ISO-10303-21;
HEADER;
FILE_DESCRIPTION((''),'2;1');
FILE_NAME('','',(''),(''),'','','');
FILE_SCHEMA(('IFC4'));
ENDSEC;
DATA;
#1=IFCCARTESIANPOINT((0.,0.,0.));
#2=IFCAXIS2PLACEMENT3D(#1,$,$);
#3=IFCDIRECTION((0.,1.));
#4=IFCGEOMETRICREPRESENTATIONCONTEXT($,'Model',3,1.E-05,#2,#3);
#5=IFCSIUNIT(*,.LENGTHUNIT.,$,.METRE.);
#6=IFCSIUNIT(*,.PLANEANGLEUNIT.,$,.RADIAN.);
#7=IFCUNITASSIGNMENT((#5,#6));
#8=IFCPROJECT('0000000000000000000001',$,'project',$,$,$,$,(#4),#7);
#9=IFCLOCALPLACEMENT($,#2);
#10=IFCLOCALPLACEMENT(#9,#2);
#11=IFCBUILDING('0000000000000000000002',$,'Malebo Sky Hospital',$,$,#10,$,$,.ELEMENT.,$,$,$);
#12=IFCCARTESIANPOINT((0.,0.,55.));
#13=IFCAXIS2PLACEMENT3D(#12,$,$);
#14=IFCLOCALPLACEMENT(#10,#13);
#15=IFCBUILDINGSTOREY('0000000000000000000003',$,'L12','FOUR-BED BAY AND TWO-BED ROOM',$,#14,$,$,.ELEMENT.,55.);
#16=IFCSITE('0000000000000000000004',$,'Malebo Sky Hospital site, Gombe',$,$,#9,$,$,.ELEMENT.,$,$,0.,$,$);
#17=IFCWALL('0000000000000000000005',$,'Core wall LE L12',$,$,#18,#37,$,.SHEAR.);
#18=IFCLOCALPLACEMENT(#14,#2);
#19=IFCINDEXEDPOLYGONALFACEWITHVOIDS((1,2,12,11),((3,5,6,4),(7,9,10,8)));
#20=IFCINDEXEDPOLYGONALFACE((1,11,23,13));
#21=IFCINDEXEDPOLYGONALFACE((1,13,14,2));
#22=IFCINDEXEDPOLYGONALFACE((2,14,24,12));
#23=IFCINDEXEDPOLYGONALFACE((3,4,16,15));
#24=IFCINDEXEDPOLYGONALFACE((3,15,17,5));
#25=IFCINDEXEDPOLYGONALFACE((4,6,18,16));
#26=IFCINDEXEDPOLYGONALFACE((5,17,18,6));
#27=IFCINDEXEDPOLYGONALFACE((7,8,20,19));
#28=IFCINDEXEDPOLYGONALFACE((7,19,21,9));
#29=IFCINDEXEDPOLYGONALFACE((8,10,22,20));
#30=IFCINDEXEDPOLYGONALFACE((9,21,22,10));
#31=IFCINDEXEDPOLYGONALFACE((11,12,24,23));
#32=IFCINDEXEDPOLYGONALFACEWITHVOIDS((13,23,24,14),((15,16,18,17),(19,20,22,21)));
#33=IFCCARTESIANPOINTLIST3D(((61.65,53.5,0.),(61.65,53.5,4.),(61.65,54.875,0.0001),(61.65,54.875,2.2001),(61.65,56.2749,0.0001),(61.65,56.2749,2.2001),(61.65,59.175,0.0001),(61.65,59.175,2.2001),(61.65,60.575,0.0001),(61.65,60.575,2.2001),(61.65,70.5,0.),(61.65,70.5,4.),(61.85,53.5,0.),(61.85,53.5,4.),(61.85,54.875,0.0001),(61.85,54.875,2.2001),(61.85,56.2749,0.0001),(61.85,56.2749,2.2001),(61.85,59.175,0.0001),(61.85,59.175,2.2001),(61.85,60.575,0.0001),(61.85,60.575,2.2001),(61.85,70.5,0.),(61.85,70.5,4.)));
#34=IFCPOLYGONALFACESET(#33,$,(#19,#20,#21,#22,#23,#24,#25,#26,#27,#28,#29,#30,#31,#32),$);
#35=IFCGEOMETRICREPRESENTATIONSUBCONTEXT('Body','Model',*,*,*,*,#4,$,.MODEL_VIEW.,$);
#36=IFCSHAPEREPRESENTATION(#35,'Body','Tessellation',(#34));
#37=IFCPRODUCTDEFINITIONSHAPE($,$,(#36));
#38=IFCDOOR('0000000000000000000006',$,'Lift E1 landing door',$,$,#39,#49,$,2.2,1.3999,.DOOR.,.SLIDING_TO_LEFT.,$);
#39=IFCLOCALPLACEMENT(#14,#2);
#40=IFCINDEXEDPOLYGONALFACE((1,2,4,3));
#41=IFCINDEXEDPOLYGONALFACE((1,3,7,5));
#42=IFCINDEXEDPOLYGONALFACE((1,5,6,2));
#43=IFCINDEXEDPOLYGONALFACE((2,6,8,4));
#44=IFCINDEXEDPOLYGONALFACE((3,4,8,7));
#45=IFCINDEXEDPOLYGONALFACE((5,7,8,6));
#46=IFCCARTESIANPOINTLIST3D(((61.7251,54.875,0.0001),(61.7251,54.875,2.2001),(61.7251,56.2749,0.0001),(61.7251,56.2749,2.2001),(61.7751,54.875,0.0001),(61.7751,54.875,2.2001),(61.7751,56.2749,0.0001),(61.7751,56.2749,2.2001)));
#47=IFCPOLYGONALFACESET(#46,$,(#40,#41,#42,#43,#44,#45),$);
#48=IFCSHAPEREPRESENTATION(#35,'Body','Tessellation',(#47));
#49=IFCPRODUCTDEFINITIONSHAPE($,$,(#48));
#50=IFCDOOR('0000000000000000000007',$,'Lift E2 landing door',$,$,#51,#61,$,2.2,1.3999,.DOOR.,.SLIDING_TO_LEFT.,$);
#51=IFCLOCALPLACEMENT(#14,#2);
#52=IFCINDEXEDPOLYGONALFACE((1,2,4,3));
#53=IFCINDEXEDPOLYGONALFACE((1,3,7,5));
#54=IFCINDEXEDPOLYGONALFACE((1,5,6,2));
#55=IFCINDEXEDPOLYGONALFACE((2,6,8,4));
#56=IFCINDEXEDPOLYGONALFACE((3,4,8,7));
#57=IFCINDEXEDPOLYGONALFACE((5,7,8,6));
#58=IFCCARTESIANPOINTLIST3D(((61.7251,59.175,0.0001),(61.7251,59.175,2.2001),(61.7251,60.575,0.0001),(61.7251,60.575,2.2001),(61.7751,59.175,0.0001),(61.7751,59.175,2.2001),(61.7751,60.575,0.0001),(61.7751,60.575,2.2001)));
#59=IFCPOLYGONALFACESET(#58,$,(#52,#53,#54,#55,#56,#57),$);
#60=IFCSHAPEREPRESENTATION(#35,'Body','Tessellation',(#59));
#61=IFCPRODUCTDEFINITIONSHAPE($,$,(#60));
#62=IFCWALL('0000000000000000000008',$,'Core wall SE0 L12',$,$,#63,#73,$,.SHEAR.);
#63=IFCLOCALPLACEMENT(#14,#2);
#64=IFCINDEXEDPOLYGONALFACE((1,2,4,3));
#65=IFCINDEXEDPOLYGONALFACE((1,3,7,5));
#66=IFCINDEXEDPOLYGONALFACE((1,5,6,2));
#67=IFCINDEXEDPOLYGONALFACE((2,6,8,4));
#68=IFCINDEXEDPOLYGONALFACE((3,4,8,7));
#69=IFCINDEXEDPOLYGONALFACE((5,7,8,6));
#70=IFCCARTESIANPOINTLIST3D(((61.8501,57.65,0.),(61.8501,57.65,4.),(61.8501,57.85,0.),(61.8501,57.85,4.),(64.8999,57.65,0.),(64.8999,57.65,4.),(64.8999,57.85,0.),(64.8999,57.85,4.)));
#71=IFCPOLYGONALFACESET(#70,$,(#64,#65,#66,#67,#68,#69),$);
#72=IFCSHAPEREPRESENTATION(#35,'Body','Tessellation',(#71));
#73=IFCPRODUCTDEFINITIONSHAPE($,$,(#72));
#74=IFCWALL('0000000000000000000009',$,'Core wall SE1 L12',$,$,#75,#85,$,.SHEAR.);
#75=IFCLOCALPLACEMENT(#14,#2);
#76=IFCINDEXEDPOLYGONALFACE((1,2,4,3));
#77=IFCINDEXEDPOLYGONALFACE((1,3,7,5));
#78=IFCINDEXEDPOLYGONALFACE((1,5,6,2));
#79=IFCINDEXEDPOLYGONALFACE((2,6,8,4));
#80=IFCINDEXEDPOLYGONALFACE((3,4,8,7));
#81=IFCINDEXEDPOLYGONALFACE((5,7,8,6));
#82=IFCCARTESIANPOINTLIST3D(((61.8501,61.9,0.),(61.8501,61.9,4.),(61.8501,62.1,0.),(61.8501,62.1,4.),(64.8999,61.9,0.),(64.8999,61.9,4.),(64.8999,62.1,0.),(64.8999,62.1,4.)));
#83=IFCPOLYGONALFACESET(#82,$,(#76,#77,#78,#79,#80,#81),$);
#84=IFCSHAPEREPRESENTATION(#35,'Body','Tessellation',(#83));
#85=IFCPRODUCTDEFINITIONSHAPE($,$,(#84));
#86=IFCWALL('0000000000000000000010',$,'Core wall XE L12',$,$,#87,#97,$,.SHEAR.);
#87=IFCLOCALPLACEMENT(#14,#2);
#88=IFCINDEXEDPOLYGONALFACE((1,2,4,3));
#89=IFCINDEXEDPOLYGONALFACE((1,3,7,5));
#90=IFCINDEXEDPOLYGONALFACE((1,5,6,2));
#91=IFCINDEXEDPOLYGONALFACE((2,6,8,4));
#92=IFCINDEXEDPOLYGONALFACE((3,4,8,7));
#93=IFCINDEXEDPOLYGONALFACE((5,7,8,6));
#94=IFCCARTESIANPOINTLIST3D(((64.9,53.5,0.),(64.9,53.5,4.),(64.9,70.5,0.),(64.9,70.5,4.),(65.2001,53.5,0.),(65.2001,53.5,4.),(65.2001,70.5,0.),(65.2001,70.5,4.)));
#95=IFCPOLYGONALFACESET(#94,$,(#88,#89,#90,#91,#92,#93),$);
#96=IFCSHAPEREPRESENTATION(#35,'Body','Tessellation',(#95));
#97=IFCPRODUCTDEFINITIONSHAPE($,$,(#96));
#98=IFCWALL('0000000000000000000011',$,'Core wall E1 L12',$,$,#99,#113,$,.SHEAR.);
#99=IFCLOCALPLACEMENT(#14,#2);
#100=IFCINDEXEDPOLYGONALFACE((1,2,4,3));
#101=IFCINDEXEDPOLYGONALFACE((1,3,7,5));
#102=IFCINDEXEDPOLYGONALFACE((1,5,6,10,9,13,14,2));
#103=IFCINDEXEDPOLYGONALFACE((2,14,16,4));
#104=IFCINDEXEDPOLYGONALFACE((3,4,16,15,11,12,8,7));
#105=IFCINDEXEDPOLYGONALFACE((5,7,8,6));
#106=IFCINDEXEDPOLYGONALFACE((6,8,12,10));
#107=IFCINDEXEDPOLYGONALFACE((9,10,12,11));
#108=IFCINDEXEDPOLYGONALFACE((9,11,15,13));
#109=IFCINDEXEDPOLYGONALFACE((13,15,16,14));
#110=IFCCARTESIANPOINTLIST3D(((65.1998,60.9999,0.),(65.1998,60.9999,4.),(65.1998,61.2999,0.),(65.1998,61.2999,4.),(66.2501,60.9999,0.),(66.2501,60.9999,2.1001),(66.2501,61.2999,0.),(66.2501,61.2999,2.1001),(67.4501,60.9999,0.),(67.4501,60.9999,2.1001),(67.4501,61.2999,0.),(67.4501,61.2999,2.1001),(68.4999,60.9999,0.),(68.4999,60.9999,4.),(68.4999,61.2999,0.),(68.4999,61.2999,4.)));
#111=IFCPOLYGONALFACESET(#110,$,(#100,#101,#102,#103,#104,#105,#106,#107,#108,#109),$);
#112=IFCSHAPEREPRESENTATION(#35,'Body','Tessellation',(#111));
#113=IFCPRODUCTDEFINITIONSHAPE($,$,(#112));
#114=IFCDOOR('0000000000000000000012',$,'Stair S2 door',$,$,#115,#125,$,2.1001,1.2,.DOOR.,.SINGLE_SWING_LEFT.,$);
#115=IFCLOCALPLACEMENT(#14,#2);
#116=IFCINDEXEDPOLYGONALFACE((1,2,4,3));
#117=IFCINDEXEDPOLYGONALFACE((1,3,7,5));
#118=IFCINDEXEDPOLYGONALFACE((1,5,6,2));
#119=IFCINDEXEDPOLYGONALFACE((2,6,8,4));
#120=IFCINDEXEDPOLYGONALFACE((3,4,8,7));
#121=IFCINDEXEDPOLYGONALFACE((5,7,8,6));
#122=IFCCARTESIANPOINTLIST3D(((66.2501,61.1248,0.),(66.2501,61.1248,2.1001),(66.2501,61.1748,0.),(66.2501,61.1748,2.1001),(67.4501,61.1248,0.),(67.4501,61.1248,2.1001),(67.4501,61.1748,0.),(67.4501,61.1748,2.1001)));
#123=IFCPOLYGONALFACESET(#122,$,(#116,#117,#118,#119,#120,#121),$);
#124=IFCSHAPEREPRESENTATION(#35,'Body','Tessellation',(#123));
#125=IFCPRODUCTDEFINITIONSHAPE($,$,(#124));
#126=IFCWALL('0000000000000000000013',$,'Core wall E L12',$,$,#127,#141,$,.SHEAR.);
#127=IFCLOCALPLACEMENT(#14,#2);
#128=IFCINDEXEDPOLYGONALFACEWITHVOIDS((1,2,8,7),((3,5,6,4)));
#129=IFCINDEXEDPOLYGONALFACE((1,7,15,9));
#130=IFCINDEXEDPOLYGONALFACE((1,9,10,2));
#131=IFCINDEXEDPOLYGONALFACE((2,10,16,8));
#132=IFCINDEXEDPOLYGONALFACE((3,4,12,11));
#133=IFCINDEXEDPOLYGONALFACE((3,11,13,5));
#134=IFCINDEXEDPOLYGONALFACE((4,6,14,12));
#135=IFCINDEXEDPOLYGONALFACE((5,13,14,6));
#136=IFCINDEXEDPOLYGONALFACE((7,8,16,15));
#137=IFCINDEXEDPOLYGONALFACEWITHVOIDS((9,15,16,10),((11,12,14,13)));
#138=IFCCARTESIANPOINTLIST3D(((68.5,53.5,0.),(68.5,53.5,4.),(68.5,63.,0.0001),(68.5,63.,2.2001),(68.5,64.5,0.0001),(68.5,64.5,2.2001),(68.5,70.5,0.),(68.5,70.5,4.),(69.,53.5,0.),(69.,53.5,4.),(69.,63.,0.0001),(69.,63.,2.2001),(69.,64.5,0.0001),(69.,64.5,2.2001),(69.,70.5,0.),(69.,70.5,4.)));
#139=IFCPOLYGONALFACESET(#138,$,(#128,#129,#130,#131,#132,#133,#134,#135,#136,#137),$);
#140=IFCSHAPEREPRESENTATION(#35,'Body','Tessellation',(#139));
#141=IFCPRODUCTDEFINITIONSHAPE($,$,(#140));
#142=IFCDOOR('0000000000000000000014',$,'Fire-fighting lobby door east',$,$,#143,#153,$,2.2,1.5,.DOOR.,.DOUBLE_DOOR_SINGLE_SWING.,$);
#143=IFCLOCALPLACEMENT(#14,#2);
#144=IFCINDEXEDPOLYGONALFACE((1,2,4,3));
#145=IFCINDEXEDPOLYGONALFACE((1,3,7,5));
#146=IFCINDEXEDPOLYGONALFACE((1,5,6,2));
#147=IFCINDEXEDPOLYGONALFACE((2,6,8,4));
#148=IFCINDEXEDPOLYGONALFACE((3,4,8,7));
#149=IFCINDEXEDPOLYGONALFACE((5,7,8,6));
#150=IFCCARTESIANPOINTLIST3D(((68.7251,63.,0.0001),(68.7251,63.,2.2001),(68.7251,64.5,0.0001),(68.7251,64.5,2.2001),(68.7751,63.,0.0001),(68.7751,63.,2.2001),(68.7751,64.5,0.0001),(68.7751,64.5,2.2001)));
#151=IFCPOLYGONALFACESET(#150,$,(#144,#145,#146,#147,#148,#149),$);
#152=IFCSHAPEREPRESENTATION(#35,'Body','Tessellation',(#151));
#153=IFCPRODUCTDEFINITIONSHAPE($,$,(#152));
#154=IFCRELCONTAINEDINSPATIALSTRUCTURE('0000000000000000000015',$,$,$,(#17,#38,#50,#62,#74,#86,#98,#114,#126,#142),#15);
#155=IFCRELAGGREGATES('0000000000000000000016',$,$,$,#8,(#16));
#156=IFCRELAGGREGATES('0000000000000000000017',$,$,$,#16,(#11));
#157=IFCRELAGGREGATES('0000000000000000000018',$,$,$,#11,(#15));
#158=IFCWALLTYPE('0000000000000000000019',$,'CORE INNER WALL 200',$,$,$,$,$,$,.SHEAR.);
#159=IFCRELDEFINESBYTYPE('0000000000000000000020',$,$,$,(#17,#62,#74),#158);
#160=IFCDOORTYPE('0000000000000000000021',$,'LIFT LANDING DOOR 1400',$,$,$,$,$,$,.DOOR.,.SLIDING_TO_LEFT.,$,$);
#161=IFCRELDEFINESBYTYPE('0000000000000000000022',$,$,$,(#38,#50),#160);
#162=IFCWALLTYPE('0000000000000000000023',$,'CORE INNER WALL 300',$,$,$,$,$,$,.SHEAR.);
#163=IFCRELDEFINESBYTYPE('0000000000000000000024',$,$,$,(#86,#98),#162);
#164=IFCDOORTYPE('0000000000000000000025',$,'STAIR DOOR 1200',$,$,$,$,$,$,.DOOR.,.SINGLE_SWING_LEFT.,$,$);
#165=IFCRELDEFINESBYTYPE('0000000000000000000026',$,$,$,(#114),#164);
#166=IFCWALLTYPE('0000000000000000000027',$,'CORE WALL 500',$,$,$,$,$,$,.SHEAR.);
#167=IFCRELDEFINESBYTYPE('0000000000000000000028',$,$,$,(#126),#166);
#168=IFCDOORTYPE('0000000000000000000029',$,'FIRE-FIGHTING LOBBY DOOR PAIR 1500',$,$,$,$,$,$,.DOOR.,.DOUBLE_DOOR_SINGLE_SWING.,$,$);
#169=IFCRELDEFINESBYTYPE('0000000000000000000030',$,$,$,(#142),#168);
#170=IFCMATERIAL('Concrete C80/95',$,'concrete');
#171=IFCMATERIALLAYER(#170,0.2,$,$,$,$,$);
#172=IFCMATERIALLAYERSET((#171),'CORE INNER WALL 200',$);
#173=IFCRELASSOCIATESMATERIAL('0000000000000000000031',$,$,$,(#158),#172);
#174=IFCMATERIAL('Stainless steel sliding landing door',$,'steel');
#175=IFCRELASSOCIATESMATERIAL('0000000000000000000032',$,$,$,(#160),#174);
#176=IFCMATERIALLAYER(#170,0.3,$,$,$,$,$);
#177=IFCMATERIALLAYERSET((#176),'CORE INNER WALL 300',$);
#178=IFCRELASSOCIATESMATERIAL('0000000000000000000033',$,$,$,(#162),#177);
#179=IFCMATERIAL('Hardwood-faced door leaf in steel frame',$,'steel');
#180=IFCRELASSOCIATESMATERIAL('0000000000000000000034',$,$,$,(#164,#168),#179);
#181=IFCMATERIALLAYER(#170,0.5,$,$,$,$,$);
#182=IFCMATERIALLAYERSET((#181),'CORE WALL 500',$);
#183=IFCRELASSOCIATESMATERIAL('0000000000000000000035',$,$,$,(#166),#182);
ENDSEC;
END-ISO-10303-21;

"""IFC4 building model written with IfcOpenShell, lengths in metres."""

from ifc_helpers import new_model, si_unit, direction, frame, frame_2d, origin, place, context, subcontext, project, spatial, rectangle, extrude, material, layer, layer_set, type_object, element, fill, save


model = new_model("IFC4")

# Units and contexts
model_context = context("Model", 3, precision=1e-05, world=origin(), true_north=direction((0.0, 1.0)))
body_context = subcontext(model_context, "Body", "Model", "MODEL_VIEW")
ifc_project = project(units=[si_unit("LENGTHUNIT", "METRE"), si_unit("PLANEANGLEUNIT", "RADIAN")], contexts=[model_context])

# Site, building, storey
site_placement = place(None, origin())
site = spatial("IfcSite", under=ifc_project, at=site_placement, Name="Malebo Sky Hospital site, Gombe", CompositionType="ELEMENT", RefElevation=0.0)
building_placement = place(site_placement, origin())
building = spatial("IfcBuilding", under=site, at=building_placement, Name="Malebo Sky Hospital", CompositionType="ELEMENT")
storey_placement = place(building_placement, frame((0.0, 0.0, 55.0)))
storey = spatial("IfcBuildingStorey", under=building, at=storey_placement, Name="L12", Description="FOUR-BED BAY AND TWO-BED ROOM", CompositionType="ELEMENT", Elevation=55.0)

# Wall, openings, doors
ifc_material_1 = material(Name="Concrete C80/95", Category="concrete")
ifc_layer_1 = layer(ifc_material_1, 0.2)
ifc_layer_set_1 = layer_set([ifc_layer_1], Name="CORE INNER WALL 200")
wall_type_1 = type_object("IfcWallType", Name="CORE INNER WALL 200", PredefinedType="SHEAR", material=ifc_layer_set_1)
ifc_material_2 = material(Name="Stainless steel sliding landing door", Category="steel")
door_type_1 = type_object("IfcDoorType", Name="LIFT LANDING DOOR 1400", OperationType="SLIDING_TO_LEFT", PredefinedType="DOOR", material=ifc_material_2)
wall_1_placement = place(storey_placement, frame((61.75, 53.5, 0.0), z_axis=(0.0, 0.0, 1.0), x_axis=(0.0, 1.0, 0.0)))
wall_1 = element("IfcWall", 1, at=wall_1_placement, inside=storey, type_object=wall_type_1, Name="Core wall LE L12", PredefinedType="SHEAR", context=body_context, shape_type="SweptSolid", body=[
    extrude(rectangle(XDim=17.0, YDim=0.2, at=frame_2d((8.5, 0.0))), origin(), (0.0, 0.0, 1.0), 4.0),
])
opening_1_placement = place(wall_1_placement, frame((1.375, 0.0, 0.0)))
opening_1 = element("IfcOpeningElement", 2, at=opening_1_placement, cuts=wall_1, PredefinedType="OPENING", context=body_context, shape_type="SweptSolid", body=[
    extrude(rectangle(XDim=1.3999, YDim=2.2, at=frame_2d((0.7, 1.1001))), frame((0.0, 0.1099, 0.0), z_axis=(0.0, -1.0, 0.0), x_axis=(1.0, 0.0, 0.0)), (0.0, 0.0, 1.0), 0.22),
])
opening_2_placement = place(wall_1_placement, frame((5.675, 0.0, 0.0)))
opening_2 = element("IfcOpeningElement", 3, at=opening_2_placement, cuts=wall_1, PredefinedType="OPENING", context=body_context, shape_type="SweptSolid", body=[
    extrude(rectangle(XDim=1.3999, YDim=2.2, at=frame_2d((0.7, 1.1001))), frame((0.0, 0.1099, 0.0), z_axis=(0.0, -1.0, 0.0), x_axis=(1.0, 0.0, 0.0)), (0.0, 0.0, 1.0), 0.22),
])
door_1_placement = place(opening_1_placement, origin())
door_1 = element("IfcDoor", 4, at=door_1_placement, inside=storey, type_object=door_type_1, Name="Lift E1 landing door", OperationType="SLIDING_TO_LEFT", OverallHeight=2.2, OverallWidth=1.3999, PredefinedType="DOOR", context=body_context, shape_type="SweptSolid", body=[
    extrude(rectangle(XDim=1.3999, YDim=2.2, at=frame_2d((0.7, 1.1001))), frame((0.0, 0.0249, 0.0), z_axis=(0.0, -1.0, 0.0), x_axis=(1.0, 0.0, 0.0)), (0.0, 0.0, 1.0), 0.05),
])
fill(opening_1, door_1)
door_2_placement = place(opening_2_placement, origin())
door_2 = element("IfcDoor", 5, at=door_2_placement, inside=storey, type_object=door_type_1, Name="Lift E2 landing door", OperationType="SLIDING_TO_LEFT", OverallHeight=2.2, OverallWidth=1.3999, PredefinedType="DOOR", context=body_context, shape_type="SweptSolid", body=[
    extrude(rectangle(XDim=1.3999, YDim=2.2, at=frame_2d((0.7, 1.1001))), frame((0.0, 0.0249, 0.0), z_axis=(0.0, -1.0, 0.0), x_axis=(1.0, 0.0, 0.0)), (0.0, 0.0, 1.0), 0.05),
])
fill(opening_2, door_2)

# Walls
for number, where, z_axis, x_axis, name in (
    (6, (61.8501, 57.75, 0.0), (0.0, 0.0, 1.0), (1.0, 0.0, 0.0), "Core wall SE0 L12"),
    (7, (61.8501, 62.0, 0.0), (0.0, 0.0, 1.0), (1.0, 0.0, 0.0), "Core wall SE1 L12"),
):
    element("IfcWall", number, at=place(storey_placement, frame(where, z_axis=z_axis, x_axis=x_axis)), inside=storey, type_object=wall_type_1, Name=name, PredefinedType="SHEAR", context=body_context, shape_type="SweptSolid", body=[
        extrude(rectangle(XDim=3.0498, YDim=0.2, at=frame_2d((1.5249, 0.0))), origin(), (0.0, 0.0, 1.0), 4.0),
    ])
ifc_layer_2 = layer(ifc_material_1, 0.3)
ifc_layer_set_2 = layer_set([ifc_layer_2], Name="CORE INNER WALL 300")
wall_type_2 = type_object("IfcWallType", Name="CORE INNER WALL 300", PredefinedType="SHEAR", material=ifc_layer_set_2)
wall_2_placement = place(storey_placement, frame((65.05, 53.5, 0.0), z_axis=(0.0, 0.0, 1.0), x_axis=(0.0, 1.0, 0.0)))
element("IfcWall", 8, at=wall_2_placement, inside=storey, type_object=wall_type_2, Name="Core wall XE L12", PredefinedType="SHEAR", context=body_context, shape_type="SweptSolid", body=[
    extrude(rectangle(XDim=17.0, YDim=0.3, at=frame_2d((8.5, 0.0))), origin(), (0.0, 0.0, 1.0), 4.0),
])

# Walls, openings, doors
wall_3_placement = place(storey_placement, frame((65.2, 61.1499, 0.0), z_axis=(0.0, 0.0, 1.0), x_axis=(1.0, 0.0, 0.0)))
wall_3 = element("IfcWall", 9, at=wall_3_placement, inside=storey, type_object=wall_type_2, Name="Core wall E1 L12", PredefinedType="SHEAR", context=body_context, shape_type="SweptSolid", body=[
    extrude(rectangle(XDim=3.3, YDim=0.3, at=frame_2d((1.6499, 0.0))), origin(), (0.0, 0.0, 1.0), 4.0),
])
opening_3_placement = place(wall_3_placement, frame((1.05, 0.0, 0.0)))
opening_3 = element("IfcOpeningElement", 10, at=opening_3_placement, cuts=wall_3, PredefinedType="OPENING", context=body_context, shape_type="SweptSolid", body=[
    extrude(rectangle(XDim=1.2, YDim=2.1001, at=frame_2d((0.6001, 1.05))), frame((0.0, 0.1599, 0.0), z_axis=(0.0, -1.0, 0.0), x_axis=(1.0, 0.0, 0.0)), (0.0, 0.0, 1.0), 0.3201),
])
ifc_material_3 = material(Name="Hardwood-faced door leaf in steel frame", Category="steel")
door_type_2 = type_object("IfcDoorType", Name="STAIR DOOR 1200", OperationType="SINGLE_SWING_LEFT", PredefinedType="DOOR", material=ifc_material_3)
door_3_placement = place(opening_3_placement, origin())
door_3 = element("IfcDoor", 11, at=door_3_placement, inside=storey, type_object=door_type_2, Name="Stair S2 door", OperationType="SINGLE_SWING_LEFT", OverallHeight=2.1001, OverallWidth=1.2, PredefinedType="DOOR", context=body_context, shape_type="SweptSolid", body=[
    extrude(rectangle(XDim=1.2, YDim=2.1001, at=frame_2d((0.6001, 1.05))), frame((0.0, 0.0249, 0.0), z_axis=(0.0, -1.0, 0.0), x_axis=(1.0, 0.0, 0.0)), (0.0, 0.0, 1.0), 0.05),
])
fill(opening_3, door_3)
ifc_layer_3 = layer(ifc_material_1, 0.5)
ifc_layer_set_3 = layer_set([ifc_layer_3], Name="CORE WALL 500")
wall_type_3 = type_object("IfcWallType", Name="CORE WALL 500", PredefinedType="SHEAR", material=ifc_layer_set_3)
wall_4_placement = place(storey_placement, frame((68.75, 53.5, 0.0), z_axis=(0.0, 0.0, 1.0), x_axis=(0.0, 1.0, 0.0)))
wall_4 = element("IfcWall", 12, at=wall_4_placement, inside=storey, type_object=wall_type_3, Name="Core wall E L12", PredefinedType="SHEAR", context=body_context, shape_type="SweptSolid", body=[
    extrude(rectangle(XDim=17.0, YDim=0.5, at=frame_2d((8.5, 0.0))), origin(), (0.0, 0.0, 1.0), 4.0),
])
opening_4_placement = place(wall_4_placement, frame((9.5, 0.0, 0.0)))
opening_4 = element("IfcOpeningElement", 13, at=opening_4_placement, cuts=wall_4, PredefinedType="OPENING", context=body_context, shape_type="SweptSolid", body=[
    extrude(rectangle(XDim=1.5, YDim=2.2, at=frame_2d((0.75, 1.1001))), frame((0.0, 0.26, 0.0), z_axis=(0.0, -1.0, 0.0), x_axis=(1.0, 0.0, 0.0)), (0.0, 0.0, 1.0), 0.52),
])
door_type_3 = type_object("IfcDoorType", Name="FIRE-FIGHTING LOBBY DOOR PAIR 1500", OperationType="DOUBLE_DOOR_SINGLE_SWING", PredefinedType="DOOR", material=ifc_material_3)
door_4_placement = place(opening_4_placement, origin())
door_4 = element("IfcDoor", 14, at=door_4_placement, inside=storey, type_object=door_type_3, Name="Fire-fighting lobby door east", OperationType="DOUBLE_DOOR_SINGLE_SWING", OverallHeight=2.2, OverallWidth=1.5, PredefinedType="DOOR", context=body_context, shape_type="SweptSolid", body=[
    extrude(rectangle(XDim=1.5, YDim=2.2, at=frame_2d((0.75, 1.1001))), frame((0.0, 0.0249, 0.0), z_axis=(0.0, -1.0, 0.0), x_axis=(1.0, 0.0, 0.0)), (0.0, 0.0, 1.0), 0.05),
])
fill(opening_4, door_4)

save(model, "model.ifc")
